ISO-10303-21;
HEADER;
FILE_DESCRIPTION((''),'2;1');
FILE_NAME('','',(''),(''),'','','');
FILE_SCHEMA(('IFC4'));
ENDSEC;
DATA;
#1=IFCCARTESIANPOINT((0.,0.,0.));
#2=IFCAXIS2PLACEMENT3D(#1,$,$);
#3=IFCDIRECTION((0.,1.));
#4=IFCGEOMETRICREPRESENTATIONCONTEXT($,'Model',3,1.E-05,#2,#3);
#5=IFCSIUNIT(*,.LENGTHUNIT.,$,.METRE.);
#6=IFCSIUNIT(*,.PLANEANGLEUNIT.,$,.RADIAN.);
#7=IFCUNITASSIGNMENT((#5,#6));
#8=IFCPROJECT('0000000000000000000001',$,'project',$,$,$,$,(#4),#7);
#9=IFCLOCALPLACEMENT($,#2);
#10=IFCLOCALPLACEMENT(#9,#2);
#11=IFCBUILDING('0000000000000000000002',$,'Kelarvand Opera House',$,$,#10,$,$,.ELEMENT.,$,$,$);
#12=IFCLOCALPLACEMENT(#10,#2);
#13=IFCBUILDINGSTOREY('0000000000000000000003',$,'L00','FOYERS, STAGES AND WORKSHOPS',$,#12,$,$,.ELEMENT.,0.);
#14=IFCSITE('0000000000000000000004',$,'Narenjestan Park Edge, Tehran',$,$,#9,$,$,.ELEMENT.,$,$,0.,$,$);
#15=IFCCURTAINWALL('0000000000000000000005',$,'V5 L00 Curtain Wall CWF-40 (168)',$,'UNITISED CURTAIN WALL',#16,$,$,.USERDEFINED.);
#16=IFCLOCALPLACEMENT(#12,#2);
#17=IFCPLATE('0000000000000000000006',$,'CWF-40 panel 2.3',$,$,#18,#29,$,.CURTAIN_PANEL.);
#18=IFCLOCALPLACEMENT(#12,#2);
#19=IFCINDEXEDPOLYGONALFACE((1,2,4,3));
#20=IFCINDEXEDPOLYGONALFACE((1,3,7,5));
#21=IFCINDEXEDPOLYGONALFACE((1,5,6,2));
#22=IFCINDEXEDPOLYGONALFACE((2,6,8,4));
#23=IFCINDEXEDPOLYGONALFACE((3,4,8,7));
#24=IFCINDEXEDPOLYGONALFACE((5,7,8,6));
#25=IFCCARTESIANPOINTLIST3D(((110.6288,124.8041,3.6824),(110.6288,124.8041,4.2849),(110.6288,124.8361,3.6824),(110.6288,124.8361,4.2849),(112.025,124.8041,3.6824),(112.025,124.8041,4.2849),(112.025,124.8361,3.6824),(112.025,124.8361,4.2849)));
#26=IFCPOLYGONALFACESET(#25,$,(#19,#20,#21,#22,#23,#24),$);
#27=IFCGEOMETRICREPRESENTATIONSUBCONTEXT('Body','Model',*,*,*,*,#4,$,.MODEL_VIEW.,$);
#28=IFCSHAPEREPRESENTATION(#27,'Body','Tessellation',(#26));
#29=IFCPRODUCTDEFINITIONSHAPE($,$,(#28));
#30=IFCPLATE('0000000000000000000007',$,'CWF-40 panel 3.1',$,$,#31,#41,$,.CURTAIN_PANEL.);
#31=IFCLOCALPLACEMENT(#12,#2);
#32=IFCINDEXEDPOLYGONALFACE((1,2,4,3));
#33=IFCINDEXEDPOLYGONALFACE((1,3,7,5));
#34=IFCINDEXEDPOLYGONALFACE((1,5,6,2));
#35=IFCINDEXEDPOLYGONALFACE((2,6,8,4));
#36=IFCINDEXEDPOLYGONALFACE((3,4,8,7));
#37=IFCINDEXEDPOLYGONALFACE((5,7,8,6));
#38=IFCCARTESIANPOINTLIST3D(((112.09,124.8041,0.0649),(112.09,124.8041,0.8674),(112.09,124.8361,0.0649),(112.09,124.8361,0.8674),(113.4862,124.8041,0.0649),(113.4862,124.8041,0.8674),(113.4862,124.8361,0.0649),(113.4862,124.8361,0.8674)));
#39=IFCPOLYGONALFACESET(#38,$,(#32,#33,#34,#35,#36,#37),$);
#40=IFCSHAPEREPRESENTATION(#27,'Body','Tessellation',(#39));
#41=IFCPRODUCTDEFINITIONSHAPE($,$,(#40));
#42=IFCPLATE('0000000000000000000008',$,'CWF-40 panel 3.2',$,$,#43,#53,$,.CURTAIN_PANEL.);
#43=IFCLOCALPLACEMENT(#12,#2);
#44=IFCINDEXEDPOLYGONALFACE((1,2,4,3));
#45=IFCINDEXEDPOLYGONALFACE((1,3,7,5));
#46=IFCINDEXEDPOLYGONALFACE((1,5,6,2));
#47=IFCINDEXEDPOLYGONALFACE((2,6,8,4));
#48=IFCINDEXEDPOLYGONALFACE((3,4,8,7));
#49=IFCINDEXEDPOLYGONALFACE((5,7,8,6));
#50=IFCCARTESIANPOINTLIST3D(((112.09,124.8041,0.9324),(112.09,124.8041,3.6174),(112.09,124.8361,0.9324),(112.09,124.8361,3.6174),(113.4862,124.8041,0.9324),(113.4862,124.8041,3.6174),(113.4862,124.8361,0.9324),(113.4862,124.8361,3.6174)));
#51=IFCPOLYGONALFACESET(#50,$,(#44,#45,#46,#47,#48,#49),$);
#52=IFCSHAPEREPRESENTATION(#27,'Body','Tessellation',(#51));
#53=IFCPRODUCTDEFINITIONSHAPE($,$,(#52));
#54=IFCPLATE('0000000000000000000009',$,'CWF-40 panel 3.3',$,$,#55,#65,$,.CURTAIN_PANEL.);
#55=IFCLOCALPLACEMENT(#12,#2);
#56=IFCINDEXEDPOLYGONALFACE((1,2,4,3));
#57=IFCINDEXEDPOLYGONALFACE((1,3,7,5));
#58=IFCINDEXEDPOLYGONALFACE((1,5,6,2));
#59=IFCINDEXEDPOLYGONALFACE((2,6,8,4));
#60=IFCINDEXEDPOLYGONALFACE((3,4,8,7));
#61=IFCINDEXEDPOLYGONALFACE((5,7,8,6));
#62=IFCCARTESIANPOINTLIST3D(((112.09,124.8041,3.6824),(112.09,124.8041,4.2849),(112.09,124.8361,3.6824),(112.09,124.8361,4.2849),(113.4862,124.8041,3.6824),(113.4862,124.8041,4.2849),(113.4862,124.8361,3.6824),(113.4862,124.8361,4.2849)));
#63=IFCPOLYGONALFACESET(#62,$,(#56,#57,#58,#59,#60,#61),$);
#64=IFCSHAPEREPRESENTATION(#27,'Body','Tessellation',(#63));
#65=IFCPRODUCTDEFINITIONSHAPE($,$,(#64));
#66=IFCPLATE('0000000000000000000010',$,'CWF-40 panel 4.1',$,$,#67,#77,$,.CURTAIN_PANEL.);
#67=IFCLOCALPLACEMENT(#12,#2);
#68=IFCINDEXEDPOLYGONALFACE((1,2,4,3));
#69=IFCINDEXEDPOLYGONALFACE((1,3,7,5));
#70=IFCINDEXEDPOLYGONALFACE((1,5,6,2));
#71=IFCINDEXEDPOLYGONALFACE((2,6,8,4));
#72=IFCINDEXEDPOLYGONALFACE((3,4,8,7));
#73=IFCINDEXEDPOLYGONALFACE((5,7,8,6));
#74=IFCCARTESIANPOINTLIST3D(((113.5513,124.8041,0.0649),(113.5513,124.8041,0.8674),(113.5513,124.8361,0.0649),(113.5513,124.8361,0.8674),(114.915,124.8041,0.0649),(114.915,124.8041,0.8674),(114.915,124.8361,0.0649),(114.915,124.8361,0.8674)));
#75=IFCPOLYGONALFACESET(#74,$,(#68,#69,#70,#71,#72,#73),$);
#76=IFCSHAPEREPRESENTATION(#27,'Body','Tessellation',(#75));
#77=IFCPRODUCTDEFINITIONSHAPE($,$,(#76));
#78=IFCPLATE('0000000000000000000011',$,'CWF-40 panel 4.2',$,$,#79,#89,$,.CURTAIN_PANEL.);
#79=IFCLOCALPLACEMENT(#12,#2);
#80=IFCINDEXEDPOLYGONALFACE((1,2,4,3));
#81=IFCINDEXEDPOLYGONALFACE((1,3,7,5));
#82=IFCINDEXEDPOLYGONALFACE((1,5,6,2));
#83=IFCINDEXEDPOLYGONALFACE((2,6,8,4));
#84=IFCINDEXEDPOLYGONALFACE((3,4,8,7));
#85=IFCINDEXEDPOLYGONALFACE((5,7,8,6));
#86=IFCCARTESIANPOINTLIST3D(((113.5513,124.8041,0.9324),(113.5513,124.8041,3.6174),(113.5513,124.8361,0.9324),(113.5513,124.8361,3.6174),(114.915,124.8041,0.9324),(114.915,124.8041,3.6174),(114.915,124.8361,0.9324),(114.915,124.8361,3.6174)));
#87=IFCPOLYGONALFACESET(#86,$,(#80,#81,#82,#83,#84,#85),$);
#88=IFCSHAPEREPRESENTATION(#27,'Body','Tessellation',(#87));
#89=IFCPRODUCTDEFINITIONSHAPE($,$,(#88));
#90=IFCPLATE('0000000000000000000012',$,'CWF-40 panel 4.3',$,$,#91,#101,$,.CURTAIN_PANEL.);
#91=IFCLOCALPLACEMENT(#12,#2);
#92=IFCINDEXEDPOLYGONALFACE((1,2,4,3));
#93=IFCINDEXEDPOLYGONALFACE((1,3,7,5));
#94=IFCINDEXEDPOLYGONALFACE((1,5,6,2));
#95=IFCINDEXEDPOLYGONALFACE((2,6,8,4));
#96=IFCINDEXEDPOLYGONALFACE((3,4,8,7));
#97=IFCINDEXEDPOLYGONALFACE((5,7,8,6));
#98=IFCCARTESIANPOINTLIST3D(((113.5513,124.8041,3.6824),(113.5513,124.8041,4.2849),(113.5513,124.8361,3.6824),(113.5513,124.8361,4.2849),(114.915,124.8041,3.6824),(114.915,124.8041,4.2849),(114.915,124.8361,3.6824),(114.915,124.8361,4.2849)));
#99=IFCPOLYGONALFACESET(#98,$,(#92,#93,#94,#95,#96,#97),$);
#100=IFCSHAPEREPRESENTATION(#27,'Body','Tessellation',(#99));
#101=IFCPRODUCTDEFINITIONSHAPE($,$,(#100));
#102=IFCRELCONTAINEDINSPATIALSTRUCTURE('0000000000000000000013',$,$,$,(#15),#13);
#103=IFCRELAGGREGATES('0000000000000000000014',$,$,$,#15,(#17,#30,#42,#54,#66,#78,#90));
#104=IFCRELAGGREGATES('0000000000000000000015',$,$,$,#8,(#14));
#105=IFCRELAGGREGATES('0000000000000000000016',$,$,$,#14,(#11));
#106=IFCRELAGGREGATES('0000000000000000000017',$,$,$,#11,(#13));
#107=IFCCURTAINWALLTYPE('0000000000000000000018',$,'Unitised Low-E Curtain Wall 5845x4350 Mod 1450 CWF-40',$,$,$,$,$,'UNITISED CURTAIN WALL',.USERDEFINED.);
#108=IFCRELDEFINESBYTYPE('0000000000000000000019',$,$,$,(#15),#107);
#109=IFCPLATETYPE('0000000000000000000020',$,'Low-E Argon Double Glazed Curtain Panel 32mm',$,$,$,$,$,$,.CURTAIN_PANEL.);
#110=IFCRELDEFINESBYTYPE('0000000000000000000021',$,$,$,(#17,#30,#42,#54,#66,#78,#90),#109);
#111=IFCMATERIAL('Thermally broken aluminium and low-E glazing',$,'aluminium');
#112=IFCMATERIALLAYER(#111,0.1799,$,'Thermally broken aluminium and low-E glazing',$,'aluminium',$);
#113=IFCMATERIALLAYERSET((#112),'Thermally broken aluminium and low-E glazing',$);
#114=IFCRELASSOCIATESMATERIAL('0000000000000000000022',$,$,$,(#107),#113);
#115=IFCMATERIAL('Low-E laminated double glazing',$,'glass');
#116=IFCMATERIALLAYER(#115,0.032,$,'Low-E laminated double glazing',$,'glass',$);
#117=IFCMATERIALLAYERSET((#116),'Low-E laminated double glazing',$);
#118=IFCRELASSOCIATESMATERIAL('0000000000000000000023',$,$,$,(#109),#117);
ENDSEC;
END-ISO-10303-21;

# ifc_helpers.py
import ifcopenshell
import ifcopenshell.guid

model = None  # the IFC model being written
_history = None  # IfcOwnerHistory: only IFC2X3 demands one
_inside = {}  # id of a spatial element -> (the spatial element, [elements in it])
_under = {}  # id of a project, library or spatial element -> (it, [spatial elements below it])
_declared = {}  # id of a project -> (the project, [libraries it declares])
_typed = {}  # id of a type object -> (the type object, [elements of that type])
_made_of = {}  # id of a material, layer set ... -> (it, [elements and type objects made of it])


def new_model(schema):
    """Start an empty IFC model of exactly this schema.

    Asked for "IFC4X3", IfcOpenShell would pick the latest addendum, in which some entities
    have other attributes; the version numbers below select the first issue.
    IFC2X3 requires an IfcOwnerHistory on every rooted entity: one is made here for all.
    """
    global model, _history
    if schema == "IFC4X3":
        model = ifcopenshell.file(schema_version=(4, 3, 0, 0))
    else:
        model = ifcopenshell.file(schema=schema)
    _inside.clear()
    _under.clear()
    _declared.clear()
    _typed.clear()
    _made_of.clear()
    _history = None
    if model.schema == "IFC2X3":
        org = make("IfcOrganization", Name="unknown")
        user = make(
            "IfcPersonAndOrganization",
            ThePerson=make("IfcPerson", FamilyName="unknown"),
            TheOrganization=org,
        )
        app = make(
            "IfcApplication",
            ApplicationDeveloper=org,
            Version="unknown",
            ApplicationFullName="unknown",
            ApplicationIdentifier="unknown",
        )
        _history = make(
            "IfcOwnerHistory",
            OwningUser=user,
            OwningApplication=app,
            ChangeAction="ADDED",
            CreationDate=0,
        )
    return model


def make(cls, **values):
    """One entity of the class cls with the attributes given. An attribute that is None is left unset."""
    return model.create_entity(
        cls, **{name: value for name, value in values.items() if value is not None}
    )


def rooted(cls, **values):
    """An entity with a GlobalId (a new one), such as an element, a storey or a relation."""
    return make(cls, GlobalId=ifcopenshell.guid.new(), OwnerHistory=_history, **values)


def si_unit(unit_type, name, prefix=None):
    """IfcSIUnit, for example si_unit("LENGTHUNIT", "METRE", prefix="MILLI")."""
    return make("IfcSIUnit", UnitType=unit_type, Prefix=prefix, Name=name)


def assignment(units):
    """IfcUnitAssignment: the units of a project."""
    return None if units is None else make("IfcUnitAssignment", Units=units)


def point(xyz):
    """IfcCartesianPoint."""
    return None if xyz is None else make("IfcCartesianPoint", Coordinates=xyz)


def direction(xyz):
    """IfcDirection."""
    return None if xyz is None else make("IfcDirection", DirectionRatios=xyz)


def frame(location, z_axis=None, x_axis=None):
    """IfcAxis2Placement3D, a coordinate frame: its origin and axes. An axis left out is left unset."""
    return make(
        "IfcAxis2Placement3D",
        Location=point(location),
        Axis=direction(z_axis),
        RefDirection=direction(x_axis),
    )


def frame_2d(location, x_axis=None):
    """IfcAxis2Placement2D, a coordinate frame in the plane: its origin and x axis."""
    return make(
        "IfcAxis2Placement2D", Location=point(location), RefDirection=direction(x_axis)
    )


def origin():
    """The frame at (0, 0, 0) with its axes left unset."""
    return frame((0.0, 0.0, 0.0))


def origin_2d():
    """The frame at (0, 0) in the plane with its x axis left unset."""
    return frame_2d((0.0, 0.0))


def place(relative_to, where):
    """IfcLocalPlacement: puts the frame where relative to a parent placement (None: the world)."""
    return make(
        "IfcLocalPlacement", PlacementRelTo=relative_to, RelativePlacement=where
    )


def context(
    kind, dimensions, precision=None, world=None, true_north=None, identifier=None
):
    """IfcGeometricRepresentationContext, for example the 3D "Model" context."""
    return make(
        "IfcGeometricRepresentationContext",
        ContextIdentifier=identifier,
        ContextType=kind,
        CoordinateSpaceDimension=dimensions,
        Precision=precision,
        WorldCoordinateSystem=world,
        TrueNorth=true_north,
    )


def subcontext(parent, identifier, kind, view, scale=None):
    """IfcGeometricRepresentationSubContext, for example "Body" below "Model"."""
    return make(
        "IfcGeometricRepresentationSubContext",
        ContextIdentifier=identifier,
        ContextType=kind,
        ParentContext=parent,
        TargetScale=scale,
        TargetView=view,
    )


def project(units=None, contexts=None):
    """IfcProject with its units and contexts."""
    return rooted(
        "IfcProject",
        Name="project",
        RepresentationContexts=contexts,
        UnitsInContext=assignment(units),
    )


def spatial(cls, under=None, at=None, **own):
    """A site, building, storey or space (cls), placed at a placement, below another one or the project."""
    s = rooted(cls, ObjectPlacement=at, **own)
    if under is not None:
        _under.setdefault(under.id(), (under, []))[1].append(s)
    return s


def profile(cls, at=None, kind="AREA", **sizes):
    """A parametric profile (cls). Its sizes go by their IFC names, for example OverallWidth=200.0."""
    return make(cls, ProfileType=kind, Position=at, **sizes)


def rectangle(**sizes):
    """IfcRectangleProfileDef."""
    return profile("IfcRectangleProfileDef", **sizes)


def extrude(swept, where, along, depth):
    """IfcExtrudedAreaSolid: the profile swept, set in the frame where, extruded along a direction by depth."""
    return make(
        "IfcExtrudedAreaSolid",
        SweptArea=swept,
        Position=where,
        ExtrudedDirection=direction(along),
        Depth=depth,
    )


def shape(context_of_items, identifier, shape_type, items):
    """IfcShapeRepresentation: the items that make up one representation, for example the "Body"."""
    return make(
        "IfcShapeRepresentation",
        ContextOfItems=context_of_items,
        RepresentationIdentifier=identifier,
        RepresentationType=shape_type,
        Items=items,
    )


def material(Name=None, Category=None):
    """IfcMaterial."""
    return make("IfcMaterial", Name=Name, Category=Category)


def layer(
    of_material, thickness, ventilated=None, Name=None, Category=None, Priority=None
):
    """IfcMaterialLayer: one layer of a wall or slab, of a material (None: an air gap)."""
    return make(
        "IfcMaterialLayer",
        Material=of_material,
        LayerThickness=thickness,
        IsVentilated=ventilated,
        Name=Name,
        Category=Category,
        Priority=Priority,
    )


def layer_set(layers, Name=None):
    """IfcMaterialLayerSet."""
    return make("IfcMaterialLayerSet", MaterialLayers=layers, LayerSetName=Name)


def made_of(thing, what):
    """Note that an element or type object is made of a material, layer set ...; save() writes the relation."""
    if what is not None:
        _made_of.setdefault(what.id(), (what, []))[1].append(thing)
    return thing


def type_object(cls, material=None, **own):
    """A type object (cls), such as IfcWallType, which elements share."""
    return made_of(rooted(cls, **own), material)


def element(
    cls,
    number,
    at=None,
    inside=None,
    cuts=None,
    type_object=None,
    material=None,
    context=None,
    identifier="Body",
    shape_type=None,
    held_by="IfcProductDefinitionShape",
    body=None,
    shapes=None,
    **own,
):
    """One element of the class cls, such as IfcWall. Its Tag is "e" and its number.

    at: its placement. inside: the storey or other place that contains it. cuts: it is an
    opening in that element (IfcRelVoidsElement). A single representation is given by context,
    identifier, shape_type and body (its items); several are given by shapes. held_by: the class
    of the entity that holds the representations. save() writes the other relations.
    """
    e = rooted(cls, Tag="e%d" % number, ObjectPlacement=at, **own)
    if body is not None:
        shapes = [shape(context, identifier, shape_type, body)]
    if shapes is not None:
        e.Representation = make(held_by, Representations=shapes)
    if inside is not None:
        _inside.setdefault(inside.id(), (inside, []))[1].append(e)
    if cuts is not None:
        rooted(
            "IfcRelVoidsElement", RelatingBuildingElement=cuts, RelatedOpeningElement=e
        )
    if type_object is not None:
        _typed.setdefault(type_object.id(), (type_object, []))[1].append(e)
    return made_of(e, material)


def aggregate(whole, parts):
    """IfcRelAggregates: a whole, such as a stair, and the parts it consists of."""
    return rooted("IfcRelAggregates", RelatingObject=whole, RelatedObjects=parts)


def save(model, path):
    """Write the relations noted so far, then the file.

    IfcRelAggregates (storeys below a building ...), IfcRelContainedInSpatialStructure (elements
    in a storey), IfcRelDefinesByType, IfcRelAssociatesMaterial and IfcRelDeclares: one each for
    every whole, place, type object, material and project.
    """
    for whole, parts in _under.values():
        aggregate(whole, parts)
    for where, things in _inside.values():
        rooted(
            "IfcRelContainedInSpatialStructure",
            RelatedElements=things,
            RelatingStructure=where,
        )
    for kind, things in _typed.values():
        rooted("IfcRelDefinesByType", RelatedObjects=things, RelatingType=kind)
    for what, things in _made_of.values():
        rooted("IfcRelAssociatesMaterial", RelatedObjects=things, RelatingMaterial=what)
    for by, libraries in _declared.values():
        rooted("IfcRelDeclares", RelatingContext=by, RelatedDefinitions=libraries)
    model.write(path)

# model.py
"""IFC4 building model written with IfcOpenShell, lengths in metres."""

from ifc_helpers import new_model, si_unit, direction, frame, origin, origin_2d, place, context, subcontext, project, spatial, rectangle, extrude, material, layer, layer_set, type_object, element, aggregate, save


model = new_model("IFC4")

# Units and contexts
model_context = context("Model", 3, precision=1e-05, world=origin(), true_north=direction((0.0, 1.0)))
body_context = subcontext(model_context, "Body", "Model", "MODEL_VIEW")
ifc_project = project(units=[si_unit("LENGTHUNIT", "METRE"), si_unit("PLANEANGLEUNIT", "RADIAN")], contexts=[model_context])

# Site, building, storey
site_placement = place(None, origin())
site = spatial("IfcSite", under=ifc_project, at=site_placement, Name="Narenjestan Park Edge, Tehran", CompositionType="ELEMENT", RefElevation=0.0)
building_placement = place(site_placement, origin())
building = spatial("IfcBuilding", under=site, at=building_placement, Name="Kelarvand Opera House", CompositionType="ELEMENT")
storey_placement = place(building_placement, origin())
storey = spatial("IfcBuildingStorey", under=building, at=storey_placement, Name="L00", Description="FOYERS, STAGES AND WORKSHOPS", CompositionType="ELEMENT", Elevation=0.0)

# Curtain wall, plates
ifc_material_1 = material(Name="Thermally broken aluminium and low-E glazing", Category="aluminium")
ifc_layer_1 = layer(ifc_material_1, 0.1799, Name="Thermally broken aluminium and low-E glazing", Category="aluminium")
ifc_layer_set_1 = layer_set([ifc_layer_1], Name="Thermally broken aluminium and low-E glazing")
curtain_wall_type = type_object("IfcCurtainWallType", Name="Unitised Low-E Curtain Wall 5845x4350 Mod 1450 CWF-40", ElementType="UNITISED CURTAIN WALL", PredefinedType="USERDEFINED", material=ifc_layer_set_1)
curtain_wall_placement = place(storey_placement, origin())
curtain_wall = element("IfcCurtainWall", 1, at=curtain_wall_placement, inside=storey, type_object=curtain_wall_type, Name="V5 L00 Curtain Wall CWF-40 (168)", ObjectType="UNITISED CURTAIN WALL", PredefinedType="USERDEFINED")
ifc_material_2 = material(Name="Low-E laminated double glazing", Category="glass")
ifc_layer_2 = layer(ifc_material_2, 0.032, Name="Low-E laminated double glazing", Category="glass")
ifc_layer_set_2 = layer_set([ifc_layer_2], Name="Low-E laminated double glazing")
plate_type = type_object("IfcPlateType", Name="Low-E Argon Double Glazed Curtain Panel 32mm", PredefinedType="CURTAIN_PANEL", material=ifc_layer_set_2)
plate_1_placement = place(storey_placement, frame((111.3269, 124.8201, 3.6824), z_axis=(0.0, 0.0, 1.0), x_axis=(1.0, 0.0, 0.0)))
plate_1 = element("IfcPlate", 2, at=plate_1_placement, type_object=plate_type, Name="CWF-40 panel 2.3", PredefinedType="CURTAIN_PANEL", context=body_context, shape_type="SweptSolid", body=[
    extrude(rectangle(XDim=1.3962, YDim=0.032, at=origin_2d()), origin(), (0.0, 0.0, 1.0), 0.6025),
])
plate_2_placement = place(storey_placement, frame((112.7881, 124.8201, 0.0649), z_axis=(0.0, 0.0, 1.0), x_axis=(1.0, 0.0, 0.0)))
plate_2 = element("IfcPlate", 3, at=plate_2_placement, type_object=plate_type, Name="CWF-40 panel 3.1", PredefinedType="CURTAIN_PANEL", context=body_context, shape_type="SweptSolid", body=[
    extrude(rectangle(XDim=1.3962, YDim=0.032, at=origin_2d()), origin(), (0.0, 0.0, 1.0), 0.8025),
])
plate_3_placement = place(storey_placement, frame((112.7881, 124.8201, 0.9324), z_axis=(0.0, 0.0, 1.0), x_axis=(1.0, 0.0, 0.0)))
plate_3 = element("IfcPlate", 4, at=plate_3_placement, type_object=plate_type, Name="CWF-40 panel 3.2", PredefinedType="CURTAIN_PANEL", context=body_context, shape_type="SweptSolid", body=[
    extrude(rectangle(XDim=1.3962, YDim=0.032, at=origin_2d()), origin(), (0.0, 0.0, 1.0), 2.6851),
])
plate_4_placement = place(storey_placement, frame((112.7881, 124.8201, 3.6824), z_axis=(0.0, 0.0, 1.0), x_axis=(1.0, 0.0, 0.0)))
plate_4 = element("IfcPlate", 5, at=plate_4_placement, type_object=plate_type, Name="CWF-40 panel 3.3", PredefinedType="CURTAIN_PANEL", context=body_context, shape_type="SweptSolid", body=[
    extrude(rectangle(XDim=1.3962, YDim=0.032, at=origin_2d()), origin(), (0.0, 0.0, 1.0), 0.6025),
])
plate_5_placement = place(storey_placement, frame((114.2332, 124.8201, 0.0649), z_axis=(0.0, 0.0, 1.0), x_axis=(1.0, 0.0, 0.0)))
plate_5 = element("IfcPlate", 6, at=plate_5_placement, type_object=plate_type, Name="CWF-40 panel 4.1", PredefinedType="CURTAIN_PANEL", context=body_context, shape_type="SweptSolid", body=[
    extrude(rectangle(XDim=1.3638, YDim=0.032, at=origin_2d()), origin(), (0.0, 0.0, 1.0), 0.8025),
])
plate_6_placement = place(storey_placement, frame((114.2332, 124.8201, 0.9324), z_axis=(0.0, 0.0, 1.0), x_axis=(1.0, 0.0, 0.0)))
plate_6 = element("IfcPlate", 7, at=plate_6_placement, type_object=plate_type, Name="CWF-40 panel 4.2", PredefinedType="CURTAIN_PANEL", context=body_context, shape_type="SweptSolid", body=[
    extrude(rectangle(XDim=1.3638, YDim=0.032, at=origin_2d()), origin(), (0.0, 0.0, 1.0), 2.6851),
])
plate_7_placement = place(storey_placement, frame((114.2332, 124.8201, 3.6824), z_axis=(0.0, 0.0, 1.0), x_axis=(1.0, 0.0, 0.0)))
plate_7 = element("IfcPlate", 8, at=plate_7_placement, type_object=plate_type, Name="CWF-40 panel 4.3", PredefinedType="CURTAIN_PANEL", context=body_context, shape_type="SweptSolid", body=[
    extrude(rectangle(XDim=1.3638, YDim=0.032, at=origin_2d()), origin(), (0.0, 0.0, 1.0), 0.6025),
])
aggregate(curtain_wall, [plate_1, plate_2, plate_3, plate_4, plate_5, plate_6, plate_7])

save(model, "model.ifc")
